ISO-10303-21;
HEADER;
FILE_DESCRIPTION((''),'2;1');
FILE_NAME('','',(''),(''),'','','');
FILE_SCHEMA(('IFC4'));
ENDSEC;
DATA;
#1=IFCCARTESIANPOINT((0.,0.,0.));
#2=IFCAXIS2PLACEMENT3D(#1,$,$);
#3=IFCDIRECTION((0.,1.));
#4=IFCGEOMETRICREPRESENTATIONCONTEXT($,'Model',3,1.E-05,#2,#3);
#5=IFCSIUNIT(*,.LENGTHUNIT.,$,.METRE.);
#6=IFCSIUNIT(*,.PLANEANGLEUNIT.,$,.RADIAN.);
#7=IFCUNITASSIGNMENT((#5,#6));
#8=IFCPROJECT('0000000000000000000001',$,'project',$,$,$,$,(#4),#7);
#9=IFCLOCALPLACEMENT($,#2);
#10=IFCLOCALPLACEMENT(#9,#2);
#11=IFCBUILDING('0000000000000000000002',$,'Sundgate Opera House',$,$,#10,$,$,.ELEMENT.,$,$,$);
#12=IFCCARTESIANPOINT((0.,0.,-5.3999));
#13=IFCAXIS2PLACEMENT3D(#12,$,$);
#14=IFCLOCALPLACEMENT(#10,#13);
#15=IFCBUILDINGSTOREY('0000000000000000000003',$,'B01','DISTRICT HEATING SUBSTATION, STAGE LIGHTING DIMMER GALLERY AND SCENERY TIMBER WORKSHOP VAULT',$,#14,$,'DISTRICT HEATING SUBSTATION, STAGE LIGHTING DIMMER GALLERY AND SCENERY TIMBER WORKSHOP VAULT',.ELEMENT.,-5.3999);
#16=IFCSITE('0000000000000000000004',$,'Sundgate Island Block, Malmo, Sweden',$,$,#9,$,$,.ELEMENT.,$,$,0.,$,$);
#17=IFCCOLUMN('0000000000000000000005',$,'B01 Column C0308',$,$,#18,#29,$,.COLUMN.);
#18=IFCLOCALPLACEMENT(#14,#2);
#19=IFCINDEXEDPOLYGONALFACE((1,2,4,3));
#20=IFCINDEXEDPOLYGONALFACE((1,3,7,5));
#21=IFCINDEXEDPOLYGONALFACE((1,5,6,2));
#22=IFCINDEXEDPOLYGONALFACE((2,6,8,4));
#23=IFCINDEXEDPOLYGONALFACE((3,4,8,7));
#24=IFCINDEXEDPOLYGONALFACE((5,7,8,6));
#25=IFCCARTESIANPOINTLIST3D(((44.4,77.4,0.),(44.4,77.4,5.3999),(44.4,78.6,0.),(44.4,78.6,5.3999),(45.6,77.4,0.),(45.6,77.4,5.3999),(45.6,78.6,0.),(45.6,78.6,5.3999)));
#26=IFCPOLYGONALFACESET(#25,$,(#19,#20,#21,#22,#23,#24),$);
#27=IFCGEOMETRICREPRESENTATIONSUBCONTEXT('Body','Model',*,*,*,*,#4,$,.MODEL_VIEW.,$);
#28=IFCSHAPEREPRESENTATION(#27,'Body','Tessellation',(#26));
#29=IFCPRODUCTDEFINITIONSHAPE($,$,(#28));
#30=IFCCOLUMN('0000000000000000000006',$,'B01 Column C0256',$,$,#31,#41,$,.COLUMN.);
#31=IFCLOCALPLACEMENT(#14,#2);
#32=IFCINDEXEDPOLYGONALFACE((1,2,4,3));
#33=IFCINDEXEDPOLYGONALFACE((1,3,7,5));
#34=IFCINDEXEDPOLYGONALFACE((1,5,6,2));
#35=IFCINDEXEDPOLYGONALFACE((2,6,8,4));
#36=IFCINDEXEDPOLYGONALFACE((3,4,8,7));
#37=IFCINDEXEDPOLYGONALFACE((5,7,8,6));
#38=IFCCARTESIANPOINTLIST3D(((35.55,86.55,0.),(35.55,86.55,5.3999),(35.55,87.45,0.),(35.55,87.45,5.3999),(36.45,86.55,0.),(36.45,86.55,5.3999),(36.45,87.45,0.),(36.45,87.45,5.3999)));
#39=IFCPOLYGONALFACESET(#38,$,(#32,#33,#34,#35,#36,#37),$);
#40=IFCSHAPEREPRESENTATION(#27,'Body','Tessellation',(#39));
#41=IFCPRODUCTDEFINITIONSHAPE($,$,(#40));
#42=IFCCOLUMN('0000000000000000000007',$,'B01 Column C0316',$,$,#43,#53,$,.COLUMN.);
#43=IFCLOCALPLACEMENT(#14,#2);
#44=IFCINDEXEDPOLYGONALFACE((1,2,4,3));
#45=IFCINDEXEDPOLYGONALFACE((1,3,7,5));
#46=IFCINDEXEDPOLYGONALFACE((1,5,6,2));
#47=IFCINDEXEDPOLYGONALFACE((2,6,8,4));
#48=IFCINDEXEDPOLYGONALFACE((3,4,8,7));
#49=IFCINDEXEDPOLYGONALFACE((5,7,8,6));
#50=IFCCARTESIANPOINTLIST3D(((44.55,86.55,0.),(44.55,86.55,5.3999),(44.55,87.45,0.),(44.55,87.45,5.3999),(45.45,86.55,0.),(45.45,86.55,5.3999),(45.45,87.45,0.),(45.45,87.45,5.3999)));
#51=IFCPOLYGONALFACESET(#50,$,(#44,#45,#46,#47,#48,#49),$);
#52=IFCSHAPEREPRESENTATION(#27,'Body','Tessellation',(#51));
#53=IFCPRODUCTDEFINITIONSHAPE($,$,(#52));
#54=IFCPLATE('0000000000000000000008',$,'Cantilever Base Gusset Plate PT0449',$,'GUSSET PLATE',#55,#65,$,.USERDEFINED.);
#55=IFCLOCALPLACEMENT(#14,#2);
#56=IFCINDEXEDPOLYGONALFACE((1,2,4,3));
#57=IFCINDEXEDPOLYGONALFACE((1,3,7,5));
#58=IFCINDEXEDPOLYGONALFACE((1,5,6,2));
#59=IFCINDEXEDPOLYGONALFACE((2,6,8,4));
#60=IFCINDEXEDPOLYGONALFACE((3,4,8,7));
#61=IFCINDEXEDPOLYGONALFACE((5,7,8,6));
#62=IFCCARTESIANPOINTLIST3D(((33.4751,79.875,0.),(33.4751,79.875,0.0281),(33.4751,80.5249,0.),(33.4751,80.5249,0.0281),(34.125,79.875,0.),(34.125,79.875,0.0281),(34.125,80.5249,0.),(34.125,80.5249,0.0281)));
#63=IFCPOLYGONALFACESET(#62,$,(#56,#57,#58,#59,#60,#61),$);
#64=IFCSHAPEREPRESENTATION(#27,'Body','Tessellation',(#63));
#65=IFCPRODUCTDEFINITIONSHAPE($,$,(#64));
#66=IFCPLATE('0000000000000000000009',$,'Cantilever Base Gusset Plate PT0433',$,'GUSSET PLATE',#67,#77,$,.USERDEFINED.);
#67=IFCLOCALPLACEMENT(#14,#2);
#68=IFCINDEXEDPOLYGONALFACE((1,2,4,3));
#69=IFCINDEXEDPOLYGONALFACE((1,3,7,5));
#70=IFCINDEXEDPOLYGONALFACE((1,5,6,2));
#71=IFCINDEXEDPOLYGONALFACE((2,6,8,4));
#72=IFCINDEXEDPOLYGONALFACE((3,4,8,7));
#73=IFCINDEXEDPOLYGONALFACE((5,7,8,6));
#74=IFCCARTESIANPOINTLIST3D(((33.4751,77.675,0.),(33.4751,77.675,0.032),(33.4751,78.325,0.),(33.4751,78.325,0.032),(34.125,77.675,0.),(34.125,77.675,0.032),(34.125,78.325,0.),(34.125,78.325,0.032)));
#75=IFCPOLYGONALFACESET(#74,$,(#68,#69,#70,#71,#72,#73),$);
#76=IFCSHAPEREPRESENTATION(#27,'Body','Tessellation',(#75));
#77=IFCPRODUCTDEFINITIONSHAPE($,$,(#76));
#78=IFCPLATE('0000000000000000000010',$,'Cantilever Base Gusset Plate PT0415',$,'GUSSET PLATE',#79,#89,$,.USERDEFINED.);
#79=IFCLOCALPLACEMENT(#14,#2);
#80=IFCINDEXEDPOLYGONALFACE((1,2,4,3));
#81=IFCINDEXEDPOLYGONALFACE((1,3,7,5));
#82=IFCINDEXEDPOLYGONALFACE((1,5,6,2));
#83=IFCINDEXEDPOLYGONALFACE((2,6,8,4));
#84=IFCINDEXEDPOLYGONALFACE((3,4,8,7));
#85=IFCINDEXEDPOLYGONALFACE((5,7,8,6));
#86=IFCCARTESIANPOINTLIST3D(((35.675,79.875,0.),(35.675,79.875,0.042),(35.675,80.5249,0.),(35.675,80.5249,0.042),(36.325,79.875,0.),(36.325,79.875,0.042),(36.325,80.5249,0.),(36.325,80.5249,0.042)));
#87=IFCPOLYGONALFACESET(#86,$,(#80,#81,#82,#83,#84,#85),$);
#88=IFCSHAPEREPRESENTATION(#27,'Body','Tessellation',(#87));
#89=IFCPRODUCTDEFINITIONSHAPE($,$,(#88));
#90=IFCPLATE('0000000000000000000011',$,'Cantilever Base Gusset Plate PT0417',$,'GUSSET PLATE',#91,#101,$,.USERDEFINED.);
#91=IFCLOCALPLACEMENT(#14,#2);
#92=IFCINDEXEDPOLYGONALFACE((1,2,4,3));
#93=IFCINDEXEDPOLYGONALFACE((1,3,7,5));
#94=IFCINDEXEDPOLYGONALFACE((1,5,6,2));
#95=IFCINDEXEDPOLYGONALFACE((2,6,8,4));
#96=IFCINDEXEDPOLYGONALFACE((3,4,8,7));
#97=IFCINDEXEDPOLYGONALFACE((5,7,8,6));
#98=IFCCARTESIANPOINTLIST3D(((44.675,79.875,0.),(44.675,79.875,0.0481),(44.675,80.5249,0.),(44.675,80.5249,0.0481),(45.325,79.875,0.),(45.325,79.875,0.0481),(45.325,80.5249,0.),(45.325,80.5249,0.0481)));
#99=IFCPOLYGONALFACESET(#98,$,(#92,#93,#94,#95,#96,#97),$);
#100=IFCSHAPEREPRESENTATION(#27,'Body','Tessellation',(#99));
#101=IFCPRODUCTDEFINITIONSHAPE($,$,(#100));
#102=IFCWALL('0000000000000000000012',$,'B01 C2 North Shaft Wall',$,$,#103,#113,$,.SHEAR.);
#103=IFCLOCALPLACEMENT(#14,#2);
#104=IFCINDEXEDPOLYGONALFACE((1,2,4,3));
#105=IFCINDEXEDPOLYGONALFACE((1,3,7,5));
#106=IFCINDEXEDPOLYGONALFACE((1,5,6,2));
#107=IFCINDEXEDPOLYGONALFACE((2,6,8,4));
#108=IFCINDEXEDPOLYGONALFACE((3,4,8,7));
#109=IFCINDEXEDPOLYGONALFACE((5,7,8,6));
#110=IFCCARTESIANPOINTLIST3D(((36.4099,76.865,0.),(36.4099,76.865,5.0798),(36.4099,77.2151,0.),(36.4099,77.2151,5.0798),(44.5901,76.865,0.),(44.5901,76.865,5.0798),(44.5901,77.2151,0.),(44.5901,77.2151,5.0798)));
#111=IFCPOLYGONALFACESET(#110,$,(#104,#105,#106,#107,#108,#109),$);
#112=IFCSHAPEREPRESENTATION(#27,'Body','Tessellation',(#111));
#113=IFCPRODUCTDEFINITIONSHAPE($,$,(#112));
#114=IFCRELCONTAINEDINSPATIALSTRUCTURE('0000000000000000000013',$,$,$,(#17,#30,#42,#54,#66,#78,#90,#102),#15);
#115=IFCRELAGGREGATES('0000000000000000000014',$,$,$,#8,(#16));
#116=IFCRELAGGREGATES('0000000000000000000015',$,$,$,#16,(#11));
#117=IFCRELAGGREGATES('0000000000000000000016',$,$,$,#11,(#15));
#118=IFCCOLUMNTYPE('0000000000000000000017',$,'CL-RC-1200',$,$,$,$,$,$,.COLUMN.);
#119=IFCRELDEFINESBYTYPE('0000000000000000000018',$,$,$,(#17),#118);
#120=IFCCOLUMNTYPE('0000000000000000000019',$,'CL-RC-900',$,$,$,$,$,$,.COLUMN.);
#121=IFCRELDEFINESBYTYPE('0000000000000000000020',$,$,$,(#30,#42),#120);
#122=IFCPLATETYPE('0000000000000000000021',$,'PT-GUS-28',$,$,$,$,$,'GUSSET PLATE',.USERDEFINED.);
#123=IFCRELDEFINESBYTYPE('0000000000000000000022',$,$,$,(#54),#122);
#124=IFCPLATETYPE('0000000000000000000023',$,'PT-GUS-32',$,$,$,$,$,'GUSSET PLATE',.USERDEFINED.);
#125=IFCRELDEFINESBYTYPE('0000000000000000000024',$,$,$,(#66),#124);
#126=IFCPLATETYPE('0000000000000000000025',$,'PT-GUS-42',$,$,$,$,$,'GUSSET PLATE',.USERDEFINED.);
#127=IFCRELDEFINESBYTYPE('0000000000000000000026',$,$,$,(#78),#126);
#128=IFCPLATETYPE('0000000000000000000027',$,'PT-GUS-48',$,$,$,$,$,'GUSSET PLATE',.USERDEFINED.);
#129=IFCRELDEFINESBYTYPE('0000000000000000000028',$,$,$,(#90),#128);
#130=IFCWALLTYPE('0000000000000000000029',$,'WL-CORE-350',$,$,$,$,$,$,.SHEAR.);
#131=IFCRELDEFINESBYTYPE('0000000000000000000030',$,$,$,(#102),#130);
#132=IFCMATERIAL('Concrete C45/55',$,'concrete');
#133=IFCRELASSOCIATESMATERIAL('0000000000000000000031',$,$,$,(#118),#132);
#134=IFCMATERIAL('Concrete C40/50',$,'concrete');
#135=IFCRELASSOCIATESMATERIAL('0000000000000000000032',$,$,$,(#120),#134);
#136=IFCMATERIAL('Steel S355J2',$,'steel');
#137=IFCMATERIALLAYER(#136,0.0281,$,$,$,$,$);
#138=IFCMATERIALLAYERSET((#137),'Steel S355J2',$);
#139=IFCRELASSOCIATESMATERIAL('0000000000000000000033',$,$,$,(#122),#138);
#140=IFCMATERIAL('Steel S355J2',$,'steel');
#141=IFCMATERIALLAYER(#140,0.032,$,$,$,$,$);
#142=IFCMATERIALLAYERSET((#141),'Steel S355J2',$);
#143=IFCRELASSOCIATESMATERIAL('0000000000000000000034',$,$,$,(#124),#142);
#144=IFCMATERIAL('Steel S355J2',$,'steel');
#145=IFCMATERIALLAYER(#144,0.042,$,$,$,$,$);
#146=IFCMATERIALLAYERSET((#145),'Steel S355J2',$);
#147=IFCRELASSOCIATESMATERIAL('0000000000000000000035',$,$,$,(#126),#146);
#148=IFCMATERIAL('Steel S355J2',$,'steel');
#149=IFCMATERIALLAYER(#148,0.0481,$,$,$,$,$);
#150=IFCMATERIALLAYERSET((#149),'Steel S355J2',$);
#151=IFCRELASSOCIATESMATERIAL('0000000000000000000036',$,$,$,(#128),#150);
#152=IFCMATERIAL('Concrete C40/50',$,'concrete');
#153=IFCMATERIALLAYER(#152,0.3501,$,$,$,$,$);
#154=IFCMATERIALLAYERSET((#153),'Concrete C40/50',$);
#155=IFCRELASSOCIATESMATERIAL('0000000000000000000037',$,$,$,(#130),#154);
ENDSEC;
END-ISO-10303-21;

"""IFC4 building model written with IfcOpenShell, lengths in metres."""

from ifc_helpers import new_model, si_unit, direction, frame, frame_2d, origin, origin_2d, place, context, subcontext, project, spatial, rectangle, extrude, material, layer, layer_set, material_profile, profile_set, type_object, element, save


model = new_model("IFC4")

# Units and contexts
model_context = context("Model", 3, precision=1e-05, world=origin(), true_north=direction((0.0, 1.0)))
body_context = subcontext(model_context, "Body", "Model", "MODEL_VIEW")
ifc_project = project(units=[si_unit("LENGTHUNIT", "METRE"), si_unit("PLANEANGLEUNIT", "RADIAN")], contexts=[model_context])

# Site, building, storey
site_placement = place(None, origin())
site = spatial("IfcSite", under=ifc_project, at=site_placement, Name="Sundgate Island Block, Malmo, Sweden", CompositionType="ELEMENT", RefElevation=0.0)
building_placement = place(site_placement, origin())
building = spatial("IfcBuilding", under=site, at=building_placement, Name="Sundgate Opera House", CompositionType="ELEMENT")
storey_placement = place(building_placement, frame((0.0, 0.0, -5.3999)))
storey = spatial("IfcBuildingStorey", under=building, at=storey_placement, Name="B01", Description="DISTRICT HEATING SUBSTATION, STAGE LIGHTING DIMMER GALLERY AND SCENERY TIMBER WORKSHOP VAULT", LongName="DISTRICT HEATING SUBSTATION, STAGE LIGHTING DIMMER GALLERY AND SCENERY TIMBER WORKSHOP VAULT", CompositionType="ELEMENT", Elevation=-5.3999)

# Columns
ifc_material_1 = material(Name="Concrete C45/55", Category="concrete")
ifc_material_profile_1 = material_profile(ifc_material_1, rectangle(XDim=1.2, YDim=1.2, at=origin_2d()), Name="RC 1200x1200")
ifc_profile_set_1 = profile_set([ifc_material_profile_1], Name="Concrete C45/55")
column_type_1 = type_object("IfcColumnType", Name="CL-RC-1200", PredefinedType="COLUMN", material=ifc_profile_set_1)
for number, where, z_axis, x_axis, name in (
    (1, (45.0, 78.0, 0.0), (0.0, 0.0, 1.0), (1.0, 0.0, 0.0), "B01 Column C0308"),
):
    element("IfcColumn", number, at=place(storey_placement, frame(where, z_axis=z_axis, x_axis=x_axis)), inside=storey, type_object=column_type_1, Name=name, PredefinedType="COLUMN", context=body_context, shape_type="SweptSolid", body=[
        extrude(rectangle(XDim=1.2, YDim=1.2, at=origin_2d()), origin(), (0.0, 0.0, 1.0), 5.3999),
    ])
ifc_material_2 = material(Name="Concrete C40/50", Category="concrete")
ifc_material_profile_2 = material_profile(ifc_material_2, rectangle(XDim=0.8999, YDim=0.8999, at=origin_2d()), Name="RC 900x900")
ifc_profile_set_2 = profile_set([ifc_material_profile_2], Name="Concrete C40/50")
column_type_2 = type_object("IfcColumnType", Name="CL-RC-900", PredefinedType="COLUMN", material=ifc_profile_set_2)
for number, where, z_axis, x_axis, name in (
    (2, (36.0, 87.0, 0.0), (0.0, 0.0, 1.0), (1.0, 0.0, 0.0), "B01 Column C0256"),
    (3, (45.0, 87.0, 0.0), (0.0, 0.0, 1.0), (1.0, 0.0, 0.0), "B01 Column C0316"),
):
    element("IfcColumn", number, at=place(storey_placement, frame(where, z_axis=z_axis, x_axis=x_axis)), inside=storey, type_object=column_type_2, Name=name, PredefinedType="COLUMN", context=body_context, shape_type="SweptSolid", body=[
        extrude(rectangle(XDim=0.8999, YDim=0.8999, at=origin_2d()), origin(), (0.0, 0.0, 1.0), 5.3999),
    ])

# Plates
ifc_material_3 = material(Name="Steel S355J2", Category="steel")
ifc_layer_1 = layer(ifc_material_3, 0.0281)
ifc_layer_set_1 = layer_set([ifc_layer_1], Name="Steel S355J2")
plate_type_1 = type_object("IfcPlateType", Name="PT-GUS-28", ElementType="GUSSET PLATE", PredefinedType="USERDEFINED", material=ifc_layer_set_1)
plate_1_placement = place(storey_placement, frame((33.8, 80.2, 0.0), z_axis=(0.0, 0.0, 1.0), x_axis=(1.0, 0.0, 0.0)))
element("IfcPlate", 4, at=plate_1_placement, inside=storey, type_object=plate_type_1, Name="Cantilever Base Gusset Plate PT0449", ObjectType="GUSSET PLATE", PredefinedType="USERDEFINED", context=body_context, shape_type="SweptSolid", body=[
    extrude(rectangle(XDim=0.6499, YDim=0.6499, at=origin_2d()), origin(), (0.0, 0.0, 1.0), 0.0281),
])
ifc_material_4 = material(Name="Steel S355J2", Category="steel")
ifc_layer_2 = layer(ifc_material_4, 0.032)
ifc_layer_set_2 = layer_set([ifc_layer_2], Name="Steel S355J2")
plate_type_2 = type_object("IfcPlateType", Name="PT-GUS-32", ElementType="GUSSET PLATE", PredefinedType="USERDEFINED", material=ifc_layer_set_2)
plate_2_placement = place(storey_placement, frame((33.8, 78.0, 0.0), z_axis=(0.0, 0.0, 1.0), x_axis=(1.0, 0.0, 0.0)))
element("IfcPlate", 5, at=plate_2_placement, inside=storey, type_object=plate_type_2, Name="Cantilever Base Gusset Plate PT0433", ObjectType="GUSSET PLATE", PredefinedType="USERDEFINED", context=body_context, shape_type="SweptSolid", body=[
    extrude(rectangle(XDim=0.6499, YDim=0.6499, at=origin_2d()), origin(), (0.0, 0.0, 1.0), 0.032),
])
ifc_material_5 = material(Name="Steel S355J2", Category="steel")
ifc_layer_3 = layer(ifc_material_5, 0.042)
ifc_layer_set_3 = layer_set([ifc_layer_3], Name="Steel S355J2")
plate_type_3 = type_object("IfcPlateType", Name="PT-GUS-42", ElementType="GUSSET PLATE", PredefinedType="USERDEFINED", material=ifc_layer_set_3)
plate_3_placement = place(storey_placement, frame((36.0, 80.2, 0.0), z_axis=(0.0, 0.0, 1.0), x_axis=(1.0, 0.0, 0.0)))
element("IfcPlate", 6, at=plate_3_placement, inside=storey, type_object=plate_type_3, Name="Cantilever Base Gusset Plate PT0415", ObjectType="GUSSET PLATE", PredefinedType="USERDEFINED", context=body_context, shape_type="SweptSolid", body=[
    extrude(rectangle(XDim=0.6499, YDim=0.6499, at=origin_2d()), origin(), (0.0, 0.0, 1.0), 0.042),
])
ifc_material_6 = material(Name="Steel S355J2", Category="steel")
ifc_layer_4 = layer(ifc_material_6, 0.0481)
ifc_layer_set_4 = layer_set([ifc_layer_4], Name="Steel S355J2")
plate_type_4 = type_object("IfcPlateType", Name="PT-GUS-48", ElementType="GUSSET PLATE", PredefinedType="USERDEFINED", material=ifc_layer_set_4)
plate_4_placement = place(storey_placement, frame((45.0, 80.2, 0.0), z_axis=(0.0, 0.0, 1.0), x_axis=(1.0, 0.0, 0.0)))
element("IfcPlate", 7, at=plate_4_placement, inside=storey, type_object=plate_type_4, Name="Cantilever Base Gusset Plate PT0417", ObjectType="GUSSET PLATE", PredefinedType="USERDEFINED", context=body_context, shape_type="SweptSolid", body=[
    extrude(rectangle(XDim=0.6499, YDim=0.6499, at=origin_2d()), origin(), (0.0, 0.0, 1.0), 0.0481),
])

# Wall
ifc_material_7 = material(Name="Concrete C40/50", Category="concrete")
ifc_layer_5 = layer(ifc_material_7, 0.3501)
ifc_layer_set_5 = layer_set([ifc_layer_5], Name="Concrete C40/50")
wall_type = type_object("IfcWallType", Name="WL-CORE-350", PredefinedType="SHEAR", material=ifc_layer_set_5)
wall_placement = place(storey_placement, frame((36.4099, 77.04, 0.0), z_axis=(0.0, 0.0, 1.0), x_axis=(1.0, 0.0, 0.0)))
element("IfcWall", 8, at=wall_placement, inside=storey, type_object=wall_type, Name="B01 C2 North Shaft Wall", PredefinedType="SHEAR", context=body_context, shape_type="SweptSolid", body=[
    extrude(rectangle(XDim=8.1802, YDim=0.3501, at=frame_2d((4.0901, 0.0))), origin(), (0.0, 0.0, 1.0), 5.0798),
])

save(model, "model.ifc")
